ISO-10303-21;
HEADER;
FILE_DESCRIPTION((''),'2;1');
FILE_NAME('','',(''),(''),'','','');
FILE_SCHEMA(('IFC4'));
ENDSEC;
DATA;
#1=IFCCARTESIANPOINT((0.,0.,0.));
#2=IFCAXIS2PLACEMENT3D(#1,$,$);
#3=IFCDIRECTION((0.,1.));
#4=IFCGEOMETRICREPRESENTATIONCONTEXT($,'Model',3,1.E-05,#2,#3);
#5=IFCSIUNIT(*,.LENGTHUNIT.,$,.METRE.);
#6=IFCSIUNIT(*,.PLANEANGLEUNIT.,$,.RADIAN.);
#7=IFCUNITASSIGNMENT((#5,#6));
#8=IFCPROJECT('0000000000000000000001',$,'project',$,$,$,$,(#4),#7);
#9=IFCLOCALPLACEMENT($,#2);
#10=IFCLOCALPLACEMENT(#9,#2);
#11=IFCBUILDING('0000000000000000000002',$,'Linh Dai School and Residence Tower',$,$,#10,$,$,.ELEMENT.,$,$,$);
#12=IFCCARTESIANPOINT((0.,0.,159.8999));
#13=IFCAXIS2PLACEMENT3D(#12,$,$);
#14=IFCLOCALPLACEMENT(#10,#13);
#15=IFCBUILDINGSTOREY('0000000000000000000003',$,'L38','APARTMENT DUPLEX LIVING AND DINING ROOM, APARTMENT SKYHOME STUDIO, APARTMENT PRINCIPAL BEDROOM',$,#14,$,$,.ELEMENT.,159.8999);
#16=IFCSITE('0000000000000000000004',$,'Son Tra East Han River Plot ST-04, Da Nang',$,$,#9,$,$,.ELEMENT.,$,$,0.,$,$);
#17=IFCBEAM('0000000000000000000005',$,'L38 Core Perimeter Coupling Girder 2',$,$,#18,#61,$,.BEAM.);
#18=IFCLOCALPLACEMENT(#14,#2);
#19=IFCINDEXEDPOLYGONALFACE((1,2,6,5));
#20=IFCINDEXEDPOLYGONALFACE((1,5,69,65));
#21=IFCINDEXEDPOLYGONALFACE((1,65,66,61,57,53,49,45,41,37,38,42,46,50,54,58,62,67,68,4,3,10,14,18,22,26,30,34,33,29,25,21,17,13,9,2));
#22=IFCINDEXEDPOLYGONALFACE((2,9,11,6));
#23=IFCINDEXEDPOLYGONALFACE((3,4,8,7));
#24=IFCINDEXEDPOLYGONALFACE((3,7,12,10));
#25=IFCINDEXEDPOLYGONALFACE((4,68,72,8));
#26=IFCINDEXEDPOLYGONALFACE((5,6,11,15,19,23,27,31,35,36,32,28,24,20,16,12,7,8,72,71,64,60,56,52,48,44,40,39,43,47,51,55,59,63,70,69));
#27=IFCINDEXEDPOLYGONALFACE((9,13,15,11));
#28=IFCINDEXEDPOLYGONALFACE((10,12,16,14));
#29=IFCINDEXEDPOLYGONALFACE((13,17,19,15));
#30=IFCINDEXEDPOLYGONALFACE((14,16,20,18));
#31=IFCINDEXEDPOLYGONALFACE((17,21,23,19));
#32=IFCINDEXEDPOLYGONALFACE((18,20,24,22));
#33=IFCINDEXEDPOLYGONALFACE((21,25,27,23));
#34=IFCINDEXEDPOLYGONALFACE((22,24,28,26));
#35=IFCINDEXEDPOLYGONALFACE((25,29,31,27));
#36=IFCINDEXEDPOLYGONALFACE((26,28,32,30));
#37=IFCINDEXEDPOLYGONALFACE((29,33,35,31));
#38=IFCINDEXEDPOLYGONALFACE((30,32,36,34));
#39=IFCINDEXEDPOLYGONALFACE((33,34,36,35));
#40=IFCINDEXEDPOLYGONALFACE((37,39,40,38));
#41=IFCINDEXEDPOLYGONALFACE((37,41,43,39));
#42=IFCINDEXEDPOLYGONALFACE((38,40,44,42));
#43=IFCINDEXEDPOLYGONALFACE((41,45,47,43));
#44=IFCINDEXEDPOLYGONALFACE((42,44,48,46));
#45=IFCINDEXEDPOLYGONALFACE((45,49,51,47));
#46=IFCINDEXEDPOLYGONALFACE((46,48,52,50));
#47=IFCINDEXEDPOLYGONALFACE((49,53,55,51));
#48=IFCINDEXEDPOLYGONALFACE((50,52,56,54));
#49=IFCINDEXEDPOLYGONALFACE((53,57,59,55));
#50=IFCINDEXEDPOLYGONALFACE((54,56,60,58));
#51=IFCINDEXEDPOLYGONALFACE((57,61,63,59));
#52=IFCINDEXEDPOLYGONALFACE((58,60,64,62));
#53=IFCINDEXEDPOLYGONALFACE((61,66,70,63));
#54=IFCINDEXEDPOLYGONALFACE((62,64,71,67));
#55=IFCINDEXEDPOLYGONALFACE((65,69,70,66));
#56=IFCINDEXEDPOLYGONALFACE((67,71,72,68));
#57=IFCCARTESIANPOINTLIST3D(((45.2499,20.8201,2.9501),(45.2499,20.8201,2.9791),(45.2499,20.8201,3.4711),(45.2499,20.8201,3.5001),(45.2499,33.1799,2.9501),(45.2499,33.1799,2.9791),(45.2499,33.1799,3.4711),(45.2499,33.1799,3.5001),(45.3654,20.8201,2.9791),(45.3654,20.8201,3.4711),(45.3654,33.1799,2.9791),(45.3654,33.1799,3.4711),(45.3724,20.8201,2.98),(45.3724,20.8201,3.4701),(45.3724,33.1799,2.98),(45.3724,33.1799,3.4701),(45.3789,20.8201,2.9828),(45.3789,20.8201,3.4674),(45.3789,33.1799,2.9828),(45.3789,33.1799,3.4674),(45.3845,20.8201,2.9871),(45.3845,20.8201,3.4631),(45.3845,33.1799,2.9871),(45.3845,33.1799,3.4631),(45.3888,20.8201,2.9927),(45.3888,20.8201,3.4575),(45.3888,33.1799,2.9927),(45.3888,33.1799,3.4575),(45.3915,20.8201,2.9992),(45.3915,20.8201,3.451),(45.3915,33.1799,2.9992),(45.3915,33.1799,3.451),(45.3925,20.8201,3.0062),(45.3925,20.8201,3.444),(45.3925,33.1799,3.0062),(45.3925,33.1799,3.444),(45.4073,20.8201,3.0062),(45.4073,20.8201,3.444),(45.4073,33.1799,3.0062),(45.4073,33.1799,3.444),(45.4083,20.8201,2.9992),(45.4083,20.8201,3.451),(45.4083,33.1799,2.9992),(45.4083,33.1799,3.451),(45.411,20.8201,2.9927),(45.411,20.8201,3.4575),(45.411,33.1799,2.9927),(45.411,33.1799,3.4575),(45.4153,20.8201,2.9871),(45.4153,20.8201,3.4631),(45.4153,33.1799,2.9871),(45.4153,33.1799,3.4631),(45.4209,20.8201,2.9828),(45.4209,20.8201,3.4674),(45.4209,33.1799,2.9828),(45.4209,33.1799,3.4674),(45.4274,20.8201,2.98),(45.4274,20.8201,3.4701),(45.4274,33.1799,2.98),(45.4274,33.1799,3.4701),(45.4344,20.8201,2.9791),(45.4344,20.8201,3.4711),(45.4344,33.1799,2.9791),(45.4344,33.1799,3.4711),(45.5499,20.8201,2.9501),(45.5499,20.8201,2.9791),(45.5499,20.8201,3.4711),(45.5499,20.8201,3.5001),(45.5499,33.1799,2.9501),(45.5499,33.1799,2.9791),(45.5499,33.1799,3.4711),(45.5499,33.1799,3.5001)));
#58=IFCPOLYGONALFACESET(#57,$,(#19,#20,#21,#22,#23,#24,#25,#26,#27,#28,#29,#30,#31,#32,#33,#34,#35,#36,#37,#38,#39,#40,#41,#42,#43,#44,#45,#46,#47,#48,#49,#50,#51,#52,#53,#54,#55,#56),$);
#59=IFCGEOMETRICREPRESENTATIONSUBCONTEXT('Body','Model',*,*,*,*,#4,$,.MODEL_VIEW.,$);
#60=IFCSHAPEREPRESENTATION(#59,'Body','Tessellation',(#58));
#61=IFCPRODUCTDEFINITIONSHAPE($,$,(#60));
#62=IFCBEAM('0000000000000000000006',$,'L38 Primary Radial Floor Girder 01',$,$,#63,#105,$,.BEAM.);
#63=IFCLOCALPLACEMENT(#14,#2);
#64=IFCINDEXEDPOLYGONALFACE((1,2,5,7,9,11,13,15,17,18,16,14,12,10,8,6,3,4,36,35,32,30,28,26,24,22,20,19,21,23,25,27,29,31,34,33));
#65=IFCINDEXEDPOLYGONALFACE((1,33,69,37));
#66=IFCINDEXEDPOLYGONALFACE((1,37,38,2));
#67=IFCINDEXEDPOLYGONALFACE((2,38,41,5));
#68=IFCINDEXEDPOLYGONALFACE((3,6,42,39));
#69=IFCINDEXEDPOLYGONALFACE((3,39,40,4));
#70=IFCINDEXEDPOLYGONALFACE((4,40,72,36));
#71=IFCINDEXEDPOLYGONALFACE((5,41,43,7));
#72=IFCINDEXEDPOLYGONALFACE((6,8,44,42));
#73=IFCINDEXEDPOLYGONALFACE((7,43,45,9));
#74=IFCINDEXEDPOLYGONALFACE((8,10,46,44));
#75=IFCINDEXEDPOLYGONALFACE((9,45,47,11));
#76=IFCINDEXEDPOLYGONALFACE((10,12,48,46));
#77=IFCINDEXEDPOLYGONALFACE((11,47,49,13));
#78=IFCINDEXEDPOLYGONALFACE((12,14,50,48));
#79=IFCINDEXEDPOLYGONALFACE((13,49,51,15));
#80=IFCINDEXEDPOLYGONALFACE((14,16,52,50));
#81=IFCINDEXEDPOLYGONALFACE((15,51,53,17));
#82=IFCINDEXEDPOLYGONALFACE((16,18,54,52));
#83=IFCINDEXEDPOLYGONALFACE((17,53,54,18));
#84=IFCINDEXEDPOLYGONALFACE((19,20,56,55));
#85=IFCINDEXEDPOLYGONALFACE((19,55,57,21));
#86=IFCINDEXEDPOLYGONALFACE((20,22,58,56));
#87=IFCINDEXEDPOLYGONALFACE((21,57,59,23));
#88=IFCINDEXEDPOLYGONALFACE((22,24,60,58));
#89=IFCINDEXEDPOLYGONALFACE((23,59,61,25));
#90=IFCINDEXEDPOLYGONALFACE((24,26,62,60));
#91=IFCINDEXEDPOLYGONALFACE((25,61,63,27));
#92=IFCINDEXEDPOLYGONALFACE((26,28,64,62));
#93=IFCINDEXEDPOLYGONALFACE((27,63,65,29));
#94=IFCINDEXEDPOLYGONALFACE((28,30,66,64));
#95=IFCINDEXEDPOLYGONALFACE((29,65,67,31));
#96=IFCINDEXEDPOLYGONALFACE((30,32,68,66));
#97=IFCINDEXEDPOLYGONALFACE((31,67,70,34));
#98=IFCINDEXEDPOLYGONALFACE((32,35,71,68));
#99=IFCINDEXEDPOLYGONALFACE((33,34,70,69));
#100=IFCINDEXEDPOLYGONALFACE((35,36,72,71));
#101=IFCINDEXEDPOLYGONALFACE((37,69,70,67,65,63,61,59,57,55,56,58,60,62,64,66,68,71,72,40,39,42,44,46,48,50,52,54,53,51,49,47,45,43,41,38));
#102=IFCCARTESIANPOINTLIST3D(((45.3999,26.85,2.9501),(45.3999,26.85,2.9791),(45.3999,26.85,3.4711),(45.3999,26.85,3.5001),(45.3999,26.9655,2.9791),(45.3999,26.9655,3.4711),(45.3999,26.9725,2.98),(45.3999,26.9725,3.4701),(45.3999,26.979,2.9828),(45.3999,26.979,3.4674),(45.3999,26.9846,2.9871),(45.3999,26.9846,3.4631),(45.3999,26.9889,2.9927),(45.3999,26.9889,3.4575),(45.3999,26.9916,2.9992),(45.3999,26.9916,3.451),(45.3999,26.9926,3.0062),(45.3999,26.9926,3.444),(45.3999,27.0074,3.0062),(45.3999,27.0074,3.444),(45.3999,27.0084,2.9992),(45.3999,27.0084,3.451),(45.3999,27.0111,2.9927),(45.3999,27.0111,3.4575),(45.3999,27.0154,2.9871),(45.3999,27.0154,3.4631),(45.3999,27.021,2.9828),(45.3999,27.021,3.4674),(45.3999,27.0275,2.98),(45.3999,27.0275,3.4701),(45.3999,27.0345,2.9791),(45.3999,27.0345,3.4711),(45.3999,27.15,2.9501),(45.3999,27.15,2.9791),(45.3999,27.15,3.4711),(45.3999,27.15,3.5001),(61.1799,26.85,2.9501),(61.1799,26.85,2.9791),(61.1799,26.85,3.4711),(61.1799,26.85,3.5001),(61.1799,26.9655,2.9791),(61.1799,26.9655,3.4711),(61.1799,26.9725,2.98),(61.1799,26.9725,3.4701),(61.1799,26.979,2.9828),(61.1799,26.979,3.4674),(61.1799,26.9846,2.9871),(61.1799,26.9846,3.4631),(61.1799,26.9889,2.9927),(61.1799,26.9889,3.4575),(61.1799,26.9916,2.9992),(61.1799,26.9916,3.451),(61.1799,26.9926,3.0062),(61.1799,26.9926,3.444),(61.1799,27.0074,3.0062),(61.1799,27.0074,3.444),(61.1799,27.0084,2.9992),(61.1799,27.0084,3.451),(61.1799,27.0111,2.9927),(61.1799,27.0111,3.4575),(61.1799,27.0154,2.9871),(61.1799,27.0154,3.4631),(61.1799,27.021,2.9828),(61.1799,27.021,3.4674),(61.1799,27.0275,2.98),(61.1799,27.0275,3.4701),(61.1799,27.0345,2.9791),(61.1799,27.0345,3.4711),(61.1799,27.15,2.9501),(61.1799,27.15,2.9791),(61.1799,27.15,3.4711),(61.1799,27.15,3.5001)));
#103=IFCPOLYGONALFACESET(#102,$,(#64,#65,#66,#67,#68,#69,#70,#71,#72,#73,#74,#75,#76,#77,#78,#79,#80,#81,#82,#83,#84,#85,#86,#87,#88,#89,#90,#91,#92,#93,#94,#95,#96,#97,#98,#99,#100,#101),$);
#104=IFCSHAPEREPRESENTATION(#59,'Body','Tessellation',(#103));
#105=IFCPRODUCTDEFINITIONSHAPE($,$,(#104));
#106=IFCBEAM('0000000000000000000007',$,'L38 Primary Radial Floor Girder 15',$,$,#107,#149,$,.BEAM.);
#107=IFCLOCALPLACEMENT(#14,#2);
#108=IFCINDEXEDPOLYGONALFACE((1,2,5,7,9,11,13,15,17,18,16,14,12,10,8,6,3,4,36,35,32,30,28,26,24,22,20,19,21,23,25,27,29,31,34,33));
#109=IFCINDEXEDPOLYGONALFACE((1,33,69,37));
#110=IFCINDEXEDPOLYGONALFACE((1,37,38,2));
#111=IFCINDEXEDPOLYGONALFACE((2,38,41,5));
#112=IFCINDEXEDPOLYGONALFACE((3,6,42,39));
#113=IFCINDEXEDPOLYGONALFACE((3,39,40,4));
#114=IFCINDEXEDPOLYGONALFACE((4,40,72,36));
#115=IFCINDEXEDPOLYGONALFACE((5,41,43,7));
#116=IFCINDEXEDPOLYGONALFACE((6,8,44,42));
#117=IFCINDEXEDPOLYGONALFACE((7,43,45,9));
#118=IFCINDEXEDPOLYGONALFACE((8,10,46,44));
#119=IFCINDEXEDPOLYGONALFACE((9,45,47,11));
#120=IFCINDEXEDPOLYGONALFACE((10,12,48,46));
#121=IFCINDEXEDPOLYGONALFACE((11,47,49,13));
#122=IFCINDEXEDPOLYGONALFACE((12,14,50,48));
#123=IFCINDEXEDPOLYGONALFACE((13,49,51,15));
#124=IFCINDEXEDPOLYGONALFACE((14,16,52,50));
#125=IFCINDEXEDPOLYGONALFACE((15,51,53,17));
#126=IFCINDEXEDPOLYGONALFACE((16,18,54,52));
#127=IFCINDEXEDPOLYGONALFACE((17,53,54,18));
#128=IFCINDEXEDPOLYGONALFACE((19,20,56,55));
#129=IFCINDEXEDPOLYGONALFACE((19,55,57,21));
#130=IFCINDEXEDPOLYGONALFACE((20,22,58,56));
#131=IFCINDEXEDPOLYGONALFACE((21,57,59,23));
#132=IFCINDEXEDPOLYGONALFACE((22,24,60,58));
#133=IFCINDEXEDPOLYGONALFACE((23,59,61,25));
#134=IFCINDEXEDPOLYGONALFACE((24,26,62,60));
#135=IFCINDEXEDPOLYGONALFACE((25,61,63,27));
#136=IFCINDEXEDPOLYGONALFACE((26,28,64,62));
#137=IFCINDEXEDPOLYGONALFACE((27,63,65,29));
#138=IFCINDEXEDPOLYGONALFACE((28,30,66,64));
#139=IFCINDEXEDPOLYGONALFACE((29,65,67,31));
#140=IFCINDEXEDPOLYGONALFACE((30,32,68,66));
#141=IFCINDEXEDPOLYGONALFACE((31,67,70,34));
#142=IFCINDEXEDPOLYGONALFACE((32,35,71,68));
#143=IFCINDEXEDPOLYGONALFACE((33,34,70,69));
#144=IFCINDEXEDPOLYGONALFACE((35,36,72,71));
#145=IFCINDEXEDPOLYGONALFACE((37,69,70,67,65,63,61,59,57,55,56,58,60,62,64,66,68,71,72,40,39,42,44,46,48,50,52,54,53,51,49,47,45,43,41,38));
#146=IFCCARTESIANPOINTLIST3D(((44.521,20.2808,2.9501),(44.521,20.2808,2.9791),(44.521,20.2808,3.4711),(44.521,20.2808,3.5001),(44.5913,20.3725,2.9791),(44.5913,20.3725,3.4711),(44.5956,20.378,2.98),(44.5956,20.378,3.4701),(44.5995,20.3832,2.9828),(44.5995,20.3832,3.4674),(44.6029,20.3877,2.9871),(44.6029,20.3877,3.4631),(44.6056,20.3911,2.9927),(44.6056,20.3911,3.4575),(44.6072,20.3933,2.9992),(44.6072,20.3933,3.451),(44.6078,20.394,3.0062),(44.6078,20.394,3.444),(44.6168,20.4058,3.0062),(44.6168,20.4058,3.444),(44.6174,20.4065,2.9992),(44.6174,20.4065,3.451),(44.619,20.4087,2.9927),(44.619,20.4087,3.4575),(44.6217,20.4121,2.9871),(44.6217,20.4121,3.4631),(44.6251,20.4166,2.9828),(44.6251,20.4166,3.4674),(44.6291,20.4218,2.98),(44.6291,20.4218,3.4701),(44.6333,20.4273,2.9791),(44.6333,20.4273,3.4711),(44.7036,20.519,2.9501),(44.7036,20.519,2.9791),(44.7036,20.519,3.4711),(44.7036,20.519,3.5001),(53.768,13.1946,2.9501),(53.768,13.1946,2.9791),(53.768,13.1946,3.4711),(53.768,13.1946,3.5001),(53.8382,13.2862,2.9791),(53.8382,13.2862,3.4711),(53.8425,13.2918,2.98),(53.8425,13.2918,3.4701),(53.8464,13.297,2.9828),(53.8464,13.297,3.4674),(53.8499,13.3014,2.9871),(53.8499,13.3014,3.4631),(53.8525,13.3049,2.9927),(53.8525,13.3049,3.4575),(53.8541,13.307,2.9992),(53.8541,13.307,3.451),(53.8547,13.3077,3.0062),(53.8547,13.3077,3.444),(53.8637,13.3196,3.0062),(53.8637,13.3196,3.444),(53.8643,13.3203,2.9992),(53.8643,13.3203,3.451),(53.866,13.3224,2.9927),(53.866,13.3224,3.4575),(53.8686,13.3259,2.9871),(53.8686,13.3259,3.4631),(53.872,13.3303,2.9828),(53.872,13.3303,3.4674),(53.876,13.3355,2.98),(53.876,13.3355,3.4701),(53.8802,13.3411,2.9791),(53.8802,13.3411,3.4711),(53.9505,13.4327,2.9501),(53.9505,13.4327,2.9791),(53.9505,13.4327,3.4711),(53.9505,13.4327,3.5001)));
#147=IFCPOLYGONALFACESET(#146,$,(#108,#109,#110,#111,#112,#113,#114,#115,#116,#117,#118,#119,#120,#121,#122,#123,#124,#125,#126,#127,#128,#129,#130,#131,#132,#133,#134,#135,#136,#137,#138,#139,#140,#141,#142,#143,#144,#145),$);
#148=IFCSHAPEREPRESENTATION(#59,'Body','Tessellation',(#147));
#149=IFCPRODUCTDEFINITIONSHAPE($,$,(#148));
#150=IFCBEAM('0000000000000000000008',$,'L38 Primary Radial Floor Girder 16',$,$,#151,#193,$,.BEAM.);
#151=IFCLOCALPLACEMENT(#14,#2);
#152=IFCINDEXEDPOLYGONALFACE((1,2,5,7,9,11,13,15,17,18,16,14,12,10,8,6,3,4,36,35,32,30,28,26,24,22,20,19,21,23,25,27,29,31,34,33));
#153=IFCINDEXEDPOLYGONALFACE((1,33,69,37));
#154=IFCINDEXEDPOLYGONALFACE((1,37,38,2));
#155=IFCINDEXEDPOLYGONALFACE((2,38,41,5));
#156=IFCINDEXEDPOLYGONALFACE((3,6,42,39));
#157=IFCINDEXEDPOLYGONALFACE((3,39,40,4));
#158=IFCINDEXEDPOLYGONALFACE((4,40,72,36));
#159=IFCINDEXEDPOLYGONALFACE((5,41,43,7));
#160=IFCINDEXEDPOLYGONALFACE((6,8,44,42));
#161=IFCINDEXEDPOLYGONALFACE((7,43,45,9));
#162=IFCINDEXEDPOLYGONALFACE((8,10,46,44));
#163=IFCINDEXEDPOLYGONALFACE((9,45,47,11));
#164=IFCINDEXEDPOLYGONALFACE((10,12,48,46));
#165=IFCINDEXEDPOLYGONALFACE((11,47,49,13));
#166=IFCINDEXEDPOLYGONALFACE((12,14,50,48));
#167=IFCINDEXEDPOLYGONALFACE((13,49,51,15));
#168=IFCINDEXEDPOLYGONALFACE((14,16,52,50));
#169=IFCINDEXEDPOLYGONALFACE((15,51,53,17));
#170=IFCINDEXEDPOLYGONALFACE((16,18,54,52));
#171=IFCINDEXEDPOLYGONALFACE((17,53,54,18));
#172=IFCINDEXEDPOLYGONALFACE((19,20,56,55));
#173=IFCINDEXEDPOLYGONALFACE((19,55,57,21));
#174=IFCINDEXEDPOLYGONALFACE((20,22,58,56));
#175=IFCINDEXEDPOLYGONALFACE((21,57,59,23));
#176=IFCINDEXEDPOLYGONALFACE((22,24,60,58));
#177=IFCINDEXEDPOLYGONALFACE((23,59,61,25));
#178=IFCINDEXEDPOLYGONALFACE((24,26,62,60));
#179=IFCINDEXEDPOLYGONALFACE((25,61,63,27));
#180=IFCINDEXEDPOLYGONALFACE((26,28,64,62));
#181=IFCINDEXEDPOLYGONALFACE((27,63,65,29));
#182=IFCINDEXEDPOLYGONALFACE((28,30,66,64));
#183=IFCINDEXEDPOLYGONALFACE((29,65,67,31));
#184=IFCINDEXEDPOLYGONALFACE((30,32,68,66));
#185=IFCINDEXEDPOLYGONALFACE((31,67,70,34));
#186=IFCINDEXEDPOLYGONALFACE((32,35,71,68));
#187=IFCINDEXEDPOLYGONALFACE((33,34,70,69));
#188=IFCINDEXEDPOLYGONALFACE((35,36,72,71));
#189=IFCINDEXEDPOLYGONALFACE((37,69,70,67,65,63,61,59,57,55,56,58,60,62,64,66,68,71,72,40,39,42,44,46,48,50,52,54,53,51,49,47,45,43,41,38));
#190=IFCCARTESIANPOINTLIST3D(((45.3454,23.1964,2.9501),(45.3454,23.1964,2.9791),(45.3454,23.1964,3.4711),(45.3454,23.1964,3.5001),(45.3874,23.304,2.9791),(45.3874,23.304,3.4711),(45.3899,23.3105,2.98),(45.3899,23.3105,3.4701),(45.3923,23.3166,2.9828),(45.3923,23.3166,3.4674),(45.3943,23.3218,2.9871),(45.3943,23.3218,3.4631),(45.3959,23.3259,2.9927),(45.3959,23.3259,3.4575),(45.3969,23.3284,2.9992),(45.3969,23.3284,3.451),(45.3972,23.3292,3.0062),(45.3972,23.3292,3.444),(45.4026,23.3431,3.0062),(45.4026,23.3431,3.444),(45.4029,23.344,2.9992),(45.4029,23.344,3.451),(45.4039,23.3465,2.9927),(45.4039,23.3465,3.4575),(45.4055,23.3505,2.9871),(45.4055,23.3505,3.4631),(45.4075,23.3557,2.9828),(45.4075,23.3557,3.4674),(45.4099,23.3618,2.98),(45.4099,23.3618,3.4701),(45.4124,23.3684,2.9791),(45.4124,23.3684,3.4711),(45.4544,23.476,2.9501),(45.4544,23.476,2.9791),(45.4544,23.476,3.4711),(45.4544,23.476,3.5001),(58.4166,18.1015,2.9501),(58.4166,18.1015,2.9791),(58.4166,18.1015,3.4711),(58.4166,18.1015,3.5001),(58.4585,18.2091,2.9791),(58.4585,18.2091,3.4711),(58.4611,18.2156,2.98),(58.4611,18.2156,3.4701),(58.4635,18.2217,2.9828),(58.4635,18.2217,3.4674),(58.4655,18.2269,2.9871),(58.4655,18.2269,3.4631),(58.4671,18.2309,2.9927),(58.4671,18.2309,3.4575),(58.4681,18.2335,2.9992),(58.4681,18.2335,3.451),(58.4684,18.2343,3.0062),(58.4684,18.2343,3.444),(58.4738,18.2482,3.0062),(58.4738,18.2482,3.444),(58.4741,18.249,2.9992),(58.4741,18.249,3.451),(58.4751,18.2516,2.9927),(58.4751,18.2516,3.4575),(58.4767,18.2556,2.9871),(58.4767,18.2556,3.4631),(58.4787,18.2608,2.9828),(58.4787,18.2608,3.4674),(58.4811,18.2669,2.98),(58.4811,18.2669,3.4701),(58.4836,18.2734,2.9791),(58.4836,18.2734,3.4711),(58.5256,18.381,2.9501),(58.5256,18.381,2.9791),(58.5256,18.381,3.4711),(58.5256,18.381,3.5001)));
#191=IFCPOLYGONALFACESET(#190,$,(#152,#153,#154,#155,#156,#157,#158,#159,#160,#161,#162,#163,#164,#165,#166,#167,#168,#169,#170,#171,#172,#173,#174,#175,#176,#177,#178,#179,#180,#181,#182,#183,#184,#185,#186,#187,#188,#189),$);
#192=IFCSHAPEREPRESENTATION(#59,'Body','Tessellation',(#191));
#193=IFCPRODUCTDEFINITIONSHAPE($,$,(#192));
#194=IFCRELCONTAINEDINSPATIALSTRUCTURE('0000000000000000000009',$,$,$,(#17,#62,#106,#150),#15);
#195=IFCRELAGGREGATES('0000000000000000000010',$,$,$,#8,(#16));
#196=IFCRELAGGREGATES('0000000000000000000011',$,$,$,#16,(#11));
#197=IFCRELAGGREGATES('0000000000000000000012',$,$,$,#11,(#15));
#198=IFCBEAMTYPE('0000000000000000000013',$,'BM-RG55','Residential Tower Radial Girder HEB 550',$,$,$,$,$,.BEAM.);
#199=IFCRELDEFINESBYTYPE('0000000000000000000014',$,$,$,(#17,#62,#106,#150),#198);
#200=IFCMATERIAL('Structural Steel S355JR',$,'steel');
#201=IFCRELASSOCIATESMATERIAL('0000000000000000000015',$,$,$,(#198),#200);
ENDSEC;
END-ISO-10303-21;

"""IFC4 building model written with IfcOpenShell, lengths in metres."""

from ifc_helpers import new_model, si_unit, direction, frame, origin, origin_2d, place, context, subcontext, project, spatial, i_section, extrude, material, material_profile, profile_set, type_object, element, save


model = new_model("IFC4")

# Units and contexts
model_context = context("Model", 3, precision=1e-05, world=origin(), true_north=direction((0.0, 1.0)))
body_context = subcontext(model_context, "Body", "Model", "MODEL_VIEW")
ifc_project = project(units=[si_unit("LENGTHUNIT", "METRE"), si_unit("PLANEANGLEUNIT", "RADIAN")], contexts=[model_context])

# Site, building, storey
site_placement = place(None, origin())
site = spatial("IfcSite", under=ifc_project, at=site_placement, Name="Son Tra East Han River Plot ST-04, Da Nang", CompositionType="ELEMENT", RefElevation=0.0)
building_placement = place(site_placement, origin())
building = spatial("IfcBuilding", under=site, at=building_placement, Name="Linh Dai School and Residence Tower", CompositionType="ELEMENT")
storey_placement = place(building_placement, frame((0.0, 0.0, 159.8999)))
storey = spatial("IfcBuildingStorey", under=building, at=storey_placement, Name="L38", Description="APARTMENT DUPLEX LIVING AND DINING ROOM, APARTMENT SKYHOME STUDIO, APARTMENT PRINCIPAL BEDROOM", CompositionType="ELEMENT", Elevation=159.8999)

# Shared definitions
ifc_material_1 = material(Name="Structural Steel S355JR", Category="steel")

# Beams
ifc_material_profile_1 = material_profile(ifc_material_1, i_section(OverallWidth=0.3, OverallDepth=0.55, WebThickness=0.0149, FlangeThickness=0.0291, FilletRadius=0.0271, at=origin_2d()), Name="HEB 550")
ifc_profile_set_1 = profile_set([ifc_material_profile_1], Name="Structural Steel S355JR")
beam_type_1 = type_object("IfcBeamType", Name="BM-RG55", Description="Residential Tower Radial Girder HEB 550", PredefinedType="BEAM", material=ifc_profile_set_1)
beam_1_placement = place(storey_placement, frame((45.3999, 20.8201, 3.2251), z_axis=(0.0, 1.0, 0.0), x_axis=(-1.0, 0.0, 0.0)))
element("IfcBeam", 1, at=beam_1_placement, inside=storey, type_object=beam_type_1, Name="L38 Core Perimeter Coupling Girder 2", PredefinedType="BEAM", context=body_context, shape_type="SweptSolid", body=[
    extrude(i_section(OverallWidth=0.3, OverallDepth=0.55, WebThickness=0.0149, FlangeThickness=0.0291, FilletRadius=0.0271, at=origin_2d()), origin(), (0.0, 0.0, 1.0), 12.3599),
])
beam_2_placement = place(storey_placement, frame((45.3999, 27.0, 3.2251), z_axis=(1.0, 0.0, 0.0), x_axis=(0.0, 1.0, 0.0)))
element("IfcBeam", 2, at=beam_2_placement, inside=storey, type_object=beam_type_1, Name="L38 Primary Radial Floor Girder 01", PredefinedType="BEAM", context=body_context, shape_type="SweptSolid", body=[
    extrude(i_section(OverallWidth=0.3, OverallDepth=0.55, WebThickness=0.0149, FlangeThickness=0.0291, FilletRadius=0.0271, at=origin_2d()), origin(), (0.0, 0.0, 1.0), 15.78),
])
beam_3_placement = place(storey_placement, frame((44.6123, 20.3999, 3.2251), z_axis=(0.793733, -0.608267, 0.0), x_axis=(0.608267, 0.793733, 0.0)))
element("IfcBeam", 3, at=beam_3_placement, inside=storey, type_object=beam_type_1, Name="L38 Primary Radial Floor Girder 15", PredefinedType="BEAM", context=body_context, shape_type="SweptSolid", body=[
    extrude(i_section(OverallWidth=0.3, OverallDepth=0.55, WebThickness=0.0149, FlangeThickness=0.0291, FilletRadius=0.0271, at=origin_2d()), origin(), (0.0, 0.0, 1.0), 11.6499),
])
beam_4_placement = place(storey_placement, frame((45.3999, 23.3362, 3.2251), z_axis=(0.931723, -0.36317, 0.0), x_axis=(0.36317, 0.931723, 0.0)))
element("IfcBeam", 4, at=beam_4_placement, inside=storey, type_object=beam_type_1, Name="L38 Primary Radial Floor Girder 16", PredefinedType="BEAM", context=body_context, shape_type="SweptSolid", body=[
    extrude(i_section(OverallWidth=0.3, OverallDepth=0.55, WebThickness=0.0149, FlangeThickness=0.0291, FilletRadius=0.0271, at=origin_2d()), origin(), (0.0, 0.0, 1.0), 14.0291),
])

save(model, "model.ifc")
